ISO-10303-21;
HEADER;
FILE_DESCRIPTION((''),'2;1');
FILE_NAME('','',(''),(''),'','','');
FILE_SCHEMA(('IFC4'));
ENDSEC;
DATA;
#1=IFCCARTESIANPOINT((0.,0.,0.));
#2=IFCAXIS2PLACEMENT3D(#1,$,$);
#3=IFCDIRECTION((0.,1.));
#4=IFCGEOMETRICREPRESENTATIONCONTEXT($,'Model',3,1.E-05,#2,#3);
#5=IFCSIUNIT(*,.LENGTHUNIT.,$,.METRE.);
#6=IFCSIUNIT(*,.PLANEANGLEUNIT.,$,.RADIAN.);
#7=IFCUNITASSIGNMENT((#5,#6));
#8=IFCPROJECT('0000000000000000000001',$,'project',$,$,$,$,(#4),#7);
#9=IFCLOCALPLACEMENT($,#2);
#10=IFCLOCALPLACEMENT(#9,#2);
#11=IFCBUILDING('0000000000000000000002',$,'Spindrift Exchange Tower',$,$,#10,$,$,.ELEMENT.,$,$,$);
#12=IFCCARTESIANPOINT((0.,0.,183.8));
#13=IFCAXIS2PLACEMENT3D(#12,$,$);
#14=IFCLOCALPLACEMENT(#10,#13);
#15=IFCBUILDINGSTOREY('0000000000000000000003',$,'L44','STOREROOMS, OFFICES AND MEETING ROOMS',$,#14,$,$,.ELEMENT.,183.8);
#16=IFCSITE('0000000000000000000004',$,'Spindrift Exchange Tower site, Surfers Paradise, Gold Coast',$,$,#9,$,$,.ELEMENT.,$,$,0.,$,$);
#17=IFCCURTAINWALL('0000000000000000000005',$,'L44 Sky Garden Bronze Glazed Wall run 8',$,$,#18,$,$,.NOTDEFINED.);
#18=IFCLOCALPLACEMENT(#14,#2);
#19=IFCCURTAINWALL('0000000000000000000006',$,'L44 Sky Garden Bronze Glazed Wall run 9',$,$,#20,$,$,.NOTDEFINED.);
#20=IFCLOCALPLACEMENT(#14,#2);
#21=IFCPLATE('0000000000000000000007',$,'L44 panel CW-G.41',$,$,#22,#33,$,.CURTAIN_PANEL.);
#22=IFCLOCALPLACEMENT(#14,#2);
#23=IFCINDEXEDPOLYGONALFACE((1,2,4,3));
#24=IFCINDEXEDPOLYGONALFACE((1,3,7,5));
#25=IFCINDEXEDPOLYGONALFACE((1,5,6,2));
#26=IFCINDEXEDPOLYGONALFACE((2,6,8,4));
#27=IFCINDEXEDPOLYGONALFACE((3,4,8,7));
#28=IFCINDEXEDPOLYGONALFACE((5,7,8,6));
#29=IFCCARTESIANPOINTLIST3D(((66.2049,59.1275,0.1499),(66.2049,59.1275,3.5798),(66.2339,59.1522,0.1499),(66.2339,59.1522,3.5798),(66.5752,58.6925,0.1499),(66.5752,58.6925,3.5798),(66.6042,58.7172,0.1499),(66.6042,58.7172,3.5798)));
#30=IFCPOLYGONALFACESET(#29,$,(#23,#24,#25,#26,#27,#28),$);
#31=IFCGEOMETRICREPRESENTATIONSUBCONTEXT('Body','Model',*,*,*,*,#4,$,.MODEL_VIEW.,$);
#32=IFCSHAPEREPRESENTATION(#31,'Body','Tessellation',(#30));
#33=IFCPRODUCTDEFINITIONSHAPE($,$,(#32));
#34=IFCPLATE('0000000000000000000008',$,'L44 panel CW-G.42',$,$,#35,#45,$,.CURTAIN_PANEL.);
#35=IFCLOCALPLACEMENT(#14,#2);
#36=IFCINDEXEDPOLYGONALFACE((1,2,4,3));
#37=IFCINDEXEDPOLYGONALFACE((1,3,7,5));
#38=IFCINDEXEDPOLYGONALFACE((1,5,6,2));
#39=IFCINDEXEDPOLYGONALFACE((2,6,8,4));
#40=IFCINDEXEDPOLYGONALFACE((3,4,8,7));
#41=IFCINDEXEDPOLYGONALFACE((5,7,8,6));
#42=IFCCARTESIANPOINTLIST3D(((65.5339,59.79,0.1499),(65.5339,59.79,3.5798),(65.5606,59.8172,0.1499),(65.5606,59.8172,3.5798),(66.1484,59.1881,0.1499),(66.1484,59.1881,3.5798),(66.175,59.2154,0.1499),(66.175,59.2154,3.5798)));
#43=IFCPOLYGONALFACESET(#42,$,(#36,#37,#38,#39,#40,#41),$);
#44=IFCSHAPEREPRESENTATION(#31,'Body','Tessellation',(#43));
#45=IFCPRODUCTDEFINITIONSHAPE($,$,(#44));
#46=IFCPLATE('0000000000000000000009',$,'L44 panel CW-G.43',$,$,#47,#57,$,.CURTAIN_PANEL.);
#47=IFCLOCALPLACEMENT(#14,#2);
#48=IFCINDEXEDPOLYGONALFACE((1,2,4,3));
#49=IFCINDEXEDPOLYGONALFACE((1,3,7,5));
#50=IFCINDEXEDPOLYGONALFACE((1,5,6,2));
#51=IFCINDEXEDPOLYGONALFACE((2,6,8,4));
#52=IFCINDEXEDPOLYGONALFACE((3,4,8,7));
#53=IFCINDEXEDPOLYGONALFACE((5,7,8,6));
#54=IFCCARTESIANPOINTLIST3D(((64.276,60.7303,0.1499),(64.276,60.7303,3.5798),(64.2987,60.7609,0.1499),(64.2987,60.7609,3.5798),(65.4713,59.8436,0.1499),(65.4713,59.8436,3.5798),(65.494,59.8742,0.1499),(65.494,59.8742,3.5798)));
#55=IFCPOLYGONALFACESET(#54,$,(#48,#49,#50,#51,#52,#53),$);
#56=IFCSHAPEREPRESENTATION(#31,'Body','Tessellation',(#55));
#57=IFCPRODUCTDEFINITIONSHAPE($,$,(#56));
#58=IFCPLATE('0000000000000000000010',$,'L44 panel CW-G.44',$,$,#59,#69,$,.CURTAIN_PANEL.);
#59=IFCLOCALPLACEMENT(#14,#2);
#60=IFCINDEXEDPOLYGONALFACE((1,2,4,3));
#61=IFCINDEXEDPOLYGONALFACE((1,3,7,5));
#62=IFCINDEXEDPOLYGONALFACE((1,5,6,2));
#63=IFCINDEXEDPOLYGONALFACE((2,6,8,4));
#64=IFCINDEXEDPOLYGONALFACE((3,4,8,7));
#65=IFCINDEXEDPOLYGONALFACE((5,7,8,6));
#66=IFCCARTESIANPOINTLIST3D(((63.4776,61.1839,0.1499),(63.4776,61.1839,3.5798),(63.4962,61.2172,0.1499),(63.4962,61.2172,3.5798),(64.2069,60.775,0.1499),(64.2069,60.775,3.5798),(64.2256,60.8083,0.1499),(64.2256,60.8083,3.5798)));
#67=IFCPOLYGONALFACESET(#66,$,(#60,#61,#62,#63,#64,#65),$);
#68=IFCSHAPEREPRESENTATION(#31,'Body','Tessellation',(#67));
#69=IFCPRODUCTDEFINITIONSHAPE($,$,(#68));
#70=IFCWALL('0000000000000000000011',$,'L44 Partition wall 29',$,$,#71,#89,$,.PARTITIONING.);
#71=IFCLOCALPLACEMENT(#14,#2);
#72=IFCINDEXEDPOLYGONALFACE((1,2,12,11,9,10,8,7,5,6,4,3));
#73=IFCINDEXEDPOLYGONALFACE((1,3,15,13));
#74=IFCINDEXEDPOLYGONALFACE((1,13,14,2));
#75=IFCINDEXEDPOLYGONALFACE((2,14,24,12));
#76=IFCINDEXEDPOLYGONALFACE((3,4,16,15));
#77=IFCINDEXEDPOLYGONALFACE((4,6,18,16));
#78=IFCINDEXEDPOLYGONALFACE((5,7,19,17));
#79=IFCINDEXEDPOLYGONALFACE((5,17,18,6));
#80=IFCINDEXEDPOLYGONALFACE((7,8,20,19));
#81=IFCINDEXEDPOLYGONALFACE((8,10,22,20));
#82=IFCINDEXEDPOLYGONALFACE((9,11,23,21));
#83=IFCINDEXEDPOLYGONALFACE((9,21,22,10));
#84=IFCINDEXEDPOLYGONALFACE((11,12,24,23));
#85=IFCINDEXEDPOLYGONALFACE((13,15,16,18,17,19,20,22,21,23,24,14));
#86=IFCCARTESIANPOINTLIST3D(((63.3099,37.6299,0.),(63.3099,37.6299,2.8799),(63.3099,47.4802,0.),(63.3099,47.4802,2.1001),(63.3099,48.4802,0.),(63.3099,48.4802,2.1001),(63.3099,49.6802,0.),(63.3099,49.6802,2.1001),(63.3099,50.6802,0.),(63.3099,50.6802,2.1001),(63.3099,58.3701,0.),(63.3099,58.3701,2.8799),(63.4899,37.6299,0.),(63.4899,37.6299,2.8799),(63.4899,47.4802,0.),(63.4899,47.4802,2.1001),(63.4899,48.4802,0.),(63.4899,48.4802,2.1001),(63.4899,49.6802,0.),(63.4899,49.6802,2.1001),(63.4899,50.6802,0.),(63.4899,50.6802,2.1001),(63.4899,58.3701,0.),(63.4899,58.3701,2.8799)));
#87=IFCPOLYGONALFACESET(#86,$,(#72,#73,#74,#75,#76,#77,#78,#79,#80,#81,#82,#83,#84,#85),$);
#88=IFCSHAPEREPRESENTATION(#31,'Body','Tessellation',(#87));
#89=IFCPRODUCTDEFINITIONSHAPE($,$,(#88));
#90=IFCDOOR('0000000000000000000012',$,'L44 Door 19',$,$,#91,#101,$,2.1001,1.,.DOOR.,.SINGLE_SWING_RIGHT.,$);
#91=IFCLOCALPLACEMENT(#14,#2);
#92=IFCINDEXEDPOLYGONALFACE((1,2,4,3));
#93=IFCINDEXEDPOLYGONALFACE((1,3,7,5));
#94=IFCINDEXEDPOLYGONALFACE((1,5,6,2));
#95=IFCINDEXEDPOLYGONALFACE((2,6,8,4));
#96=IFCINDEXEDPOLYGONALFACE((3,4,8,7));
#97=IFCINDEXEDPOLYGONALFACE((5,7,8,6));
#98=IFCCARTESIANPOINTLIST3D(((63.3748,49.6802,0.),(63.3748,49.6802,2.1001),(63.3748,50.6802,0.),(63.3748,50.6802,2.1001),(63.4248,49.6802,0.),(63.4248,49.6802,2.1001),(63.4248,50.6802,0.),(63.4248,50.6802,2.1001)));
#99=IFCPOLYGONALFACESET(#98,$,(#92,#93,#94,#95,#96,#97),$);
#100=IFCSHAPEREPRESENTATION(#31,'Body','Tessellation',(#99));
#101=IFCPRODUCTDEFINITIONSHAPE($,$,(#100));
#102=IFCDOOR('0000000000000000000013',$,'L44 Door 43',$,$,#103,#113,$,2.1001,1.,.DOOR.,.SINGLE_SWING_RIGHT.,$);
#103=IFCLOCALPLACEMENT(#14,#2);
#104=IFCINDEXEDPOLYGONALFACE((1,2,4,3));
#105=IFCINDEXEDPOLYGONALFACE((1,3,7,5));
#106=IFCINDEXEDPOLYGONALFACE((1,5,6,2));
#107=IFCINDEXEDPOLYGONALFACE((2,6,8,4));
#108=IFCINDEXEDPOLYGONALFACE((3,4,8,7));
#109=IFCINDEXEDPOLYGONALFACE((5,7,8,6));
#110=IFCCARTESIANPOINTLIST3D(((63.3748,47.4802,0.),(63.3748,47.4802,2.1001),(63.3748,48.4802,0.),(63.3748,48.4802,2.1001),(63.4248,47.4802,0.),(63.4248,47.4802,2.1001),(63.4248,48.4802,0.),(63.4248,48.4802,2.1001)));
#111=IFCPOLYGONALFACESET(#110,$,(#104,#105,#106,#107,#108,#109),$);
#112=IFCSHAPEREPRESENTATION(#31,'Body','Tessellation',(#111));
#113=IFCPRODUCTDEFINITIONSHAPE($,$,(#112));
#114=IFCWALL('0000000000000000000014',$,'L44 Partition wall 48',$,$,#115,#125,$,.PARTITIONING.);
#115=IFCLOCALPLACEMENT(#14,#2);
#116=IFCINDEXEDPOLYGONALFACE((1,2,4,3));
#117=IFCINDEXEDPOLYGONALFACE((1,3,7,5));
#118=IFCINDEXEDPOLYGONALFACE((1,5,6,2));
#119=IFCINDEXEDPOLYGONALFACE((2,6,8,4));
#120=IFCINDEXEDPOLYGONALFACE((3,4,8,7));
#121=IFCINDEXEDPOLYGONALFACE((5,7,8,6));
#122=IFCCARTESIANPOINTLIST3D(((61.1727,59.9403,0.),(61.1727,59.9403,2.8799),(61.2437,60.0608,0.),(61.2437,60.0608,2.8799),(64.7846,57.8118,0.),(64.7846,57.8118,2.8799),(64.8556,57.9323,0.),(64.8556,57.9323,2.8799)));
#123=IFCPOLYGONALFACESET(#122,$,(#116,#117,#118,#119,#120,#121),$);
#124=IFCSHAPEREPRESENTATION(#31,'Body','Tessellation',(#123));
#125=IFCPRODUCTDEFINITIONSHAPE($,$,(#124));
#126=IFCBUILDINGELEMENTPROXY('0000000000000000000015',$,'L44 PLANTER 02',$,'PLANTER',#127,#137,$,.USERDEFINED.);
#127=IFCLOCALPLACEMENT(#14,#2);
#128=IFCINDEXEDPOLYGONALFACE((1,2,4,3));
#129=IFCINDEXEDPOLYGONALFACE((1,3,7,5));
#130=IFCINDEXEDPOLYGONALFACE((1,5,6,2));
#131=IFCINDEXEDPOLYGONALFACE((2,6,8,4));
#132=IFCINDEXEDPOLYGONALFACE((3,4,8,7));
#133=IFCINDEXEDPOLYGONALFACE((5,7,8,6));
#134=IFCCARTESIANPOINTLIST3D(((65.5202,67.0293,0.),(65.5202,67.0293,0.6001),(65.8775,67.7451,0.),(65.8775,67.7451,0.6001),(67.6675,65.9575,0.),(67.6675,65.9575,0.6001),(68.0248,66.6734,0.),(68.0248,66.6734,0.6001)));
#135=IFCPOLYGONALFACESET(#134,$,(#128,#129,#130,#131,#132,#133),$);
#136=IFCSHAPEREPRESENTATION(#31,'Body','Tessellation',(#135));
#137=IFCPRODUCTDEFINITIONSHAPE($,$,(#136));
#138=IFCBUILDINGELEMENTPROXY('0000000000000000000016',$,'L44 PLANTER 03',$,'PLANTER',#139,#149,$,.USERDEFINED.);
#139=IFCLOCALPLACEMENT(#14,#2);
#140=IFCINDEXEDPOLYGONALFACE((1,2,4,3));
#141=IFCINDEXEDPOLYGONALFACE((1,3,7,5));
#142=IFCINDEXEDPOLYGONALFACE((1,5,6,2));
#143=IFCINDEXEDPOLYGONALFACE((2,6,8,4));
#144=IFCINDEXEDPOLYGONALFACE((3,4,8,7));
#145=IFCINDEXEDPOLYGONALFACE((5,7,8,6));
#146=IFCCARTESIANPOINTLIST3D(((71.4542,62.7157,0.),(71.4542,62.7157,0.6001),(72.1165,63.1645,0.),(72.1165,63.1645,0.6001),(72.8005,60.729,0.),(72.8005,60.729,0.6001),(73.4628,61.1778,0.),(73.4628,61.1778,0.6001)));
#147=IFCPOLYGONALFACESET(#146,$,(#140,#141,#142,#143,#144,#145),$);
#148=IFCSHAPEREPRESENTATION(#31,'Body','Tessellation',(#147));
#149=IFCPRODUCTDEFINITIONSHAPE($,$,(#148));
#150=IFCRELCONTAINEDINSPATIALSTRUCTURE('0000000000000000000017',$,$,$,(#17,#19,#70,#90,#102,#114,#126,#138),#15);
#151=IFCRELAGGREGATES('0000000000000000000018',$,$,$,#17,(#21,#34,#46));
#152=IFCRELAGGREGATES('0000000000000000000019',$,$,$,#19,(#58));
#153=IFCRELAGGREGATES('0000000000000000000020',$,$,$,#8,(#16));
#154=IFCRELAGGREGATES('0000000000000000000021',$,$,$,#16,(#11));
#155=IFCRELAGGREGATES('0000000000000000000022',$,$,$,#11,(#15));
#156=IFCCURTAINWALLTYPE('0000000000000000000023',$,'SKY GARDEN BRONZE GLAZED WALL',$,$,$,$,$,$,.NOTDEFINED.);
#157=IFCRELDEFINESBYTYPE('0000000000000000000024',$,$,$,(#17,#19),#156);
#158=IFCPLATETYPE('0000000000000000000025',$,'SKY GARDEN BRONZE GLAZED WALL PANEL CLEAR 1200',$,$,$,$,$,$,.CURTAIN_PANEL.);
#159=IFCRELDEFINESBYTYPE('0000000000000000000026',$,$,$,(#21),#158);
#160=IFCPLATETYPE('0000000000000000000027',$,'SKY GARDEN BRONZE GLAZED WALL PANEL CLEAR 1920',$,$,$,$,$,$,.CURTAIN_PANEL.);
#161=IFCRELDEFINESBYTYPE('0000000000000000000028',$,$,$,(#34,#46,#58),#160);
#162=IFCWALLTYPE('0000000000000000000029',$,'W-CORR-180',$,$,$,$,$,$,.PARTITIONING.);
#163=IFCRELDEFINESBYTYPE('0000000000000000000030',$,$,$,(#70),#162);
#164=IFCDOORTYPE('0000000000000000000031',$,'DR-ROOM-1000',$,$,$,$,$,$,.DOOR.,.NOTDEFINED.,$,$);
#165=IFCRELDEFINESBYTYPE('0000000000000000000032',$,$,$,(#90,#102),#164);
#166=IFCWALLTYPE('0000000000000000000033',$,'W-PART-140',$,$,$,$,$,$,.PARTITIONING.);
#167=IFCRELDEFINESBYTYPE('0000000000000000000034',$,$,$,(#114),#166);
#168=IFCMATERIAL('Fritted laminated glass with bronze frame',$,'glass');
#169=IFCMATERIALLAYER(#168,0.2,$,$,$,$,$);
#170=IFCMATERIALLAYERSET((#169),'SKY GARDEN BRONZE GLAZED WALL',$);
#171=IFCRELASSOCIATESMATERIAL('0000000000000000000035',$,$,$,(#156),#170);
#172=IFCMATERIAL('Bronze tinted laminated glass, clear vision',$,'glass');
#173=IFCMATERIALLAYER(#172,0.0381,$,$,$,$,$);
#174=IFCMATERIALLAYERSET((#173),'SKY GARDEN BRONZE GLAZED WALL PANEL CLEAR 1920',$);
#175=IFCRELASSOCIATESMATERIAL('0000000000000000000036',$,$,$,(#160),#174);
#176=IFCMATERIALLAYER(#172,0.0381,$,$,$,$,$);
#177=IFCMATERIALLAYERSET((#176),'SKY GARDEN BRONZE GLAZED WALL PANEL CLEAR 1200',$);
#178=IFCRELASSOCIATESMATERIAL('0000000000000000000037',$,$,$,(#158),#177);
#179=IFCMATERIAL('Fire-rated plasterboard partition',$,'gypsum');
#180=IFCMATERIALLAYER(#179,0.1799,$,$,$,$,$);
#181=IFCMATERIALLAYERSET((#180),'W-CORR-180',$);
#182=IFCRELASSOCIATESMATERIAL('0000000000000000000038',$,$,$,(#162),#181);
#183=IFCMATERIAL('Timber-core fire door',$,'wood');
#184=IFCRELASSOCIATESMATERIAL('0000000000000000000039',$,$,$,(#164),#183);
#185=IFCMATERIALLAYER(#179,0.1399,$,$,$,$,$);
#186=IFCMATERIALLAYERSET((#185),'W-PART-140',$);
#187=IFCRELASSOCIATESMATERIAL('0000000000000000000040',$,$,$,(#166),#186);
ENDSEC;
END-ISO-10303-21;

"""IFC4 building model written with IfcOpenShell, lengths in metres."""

from ifc_helpers import new_model, si_unit, direction, frame, frame_2d, origin, origin_2d, place, context, subcontext, project, spatial, rectangle, extrude, source, transform, mapped, material, layer, layer_set, type_object, element, fill, aggregate, save


model = new_model("IFC4")

# Units and contexts
model_context = context("Model", 3, precision=1e-05, world=origin(), true_north=direction((0.0, 1.0)))
body_context = subcontext(model_context, "Body", "Model", "MODEL_VIEW")
ifc_project = project(units=[si_unit("LENGTHUNIT", "METRE"), si_unit("PLANEANGLEUNIT", "RADIAN")], contexts=[model_context])

# Site, building, storey
site_placement = place(None, origin())
site = spatial("IfcSite", under=ifc_project, at=site_placement, Name="Spindrift Exchange Tower site, Surfers Paradise, Gold Coast", CompositionType="ELEMENT", RefElevation=0.0)
building_placement = place(site_placement, origin())
building = spatial("IfcBuilding", under=site, at=building_placement, Name="Spindrift Exchange Tower", CompositionType="ELEMENT")
storey_placement = place(building_placement, frame((0.0, 0.0, 183.8)))
storey = spatial("IfcBuildingStorey", under=building, at=storey_placement, Name="L44", Description="STOREROOMS, OFFICES AND MEETING ROOMS", CompositionType="ELEMENT", Elevation=183.8)

# Curtain walls
ifc_material_1 = material(Name="Fritted laminated glass with bronze frame", Category="glass")
ifc_layer_1 = layer(ifc_material_1, 0.2)
ifc_layer_set_1 = layer_set([ifc_layer_1], Name="SKY GARDEN BRONZE GLAZED WALL")
curtain_wall_type = type_object("IfcCurtainWallType", Name="SKY GARDEN BRONZE GLAZED WALL", PredefinedType="NOTDEFINED", material=ifc_layer_set_1)
curtain_wall_1_placement = place(storey_placement, origin())
curtain_wall_1 = element("IfcCurtainWall", 1, at=curtain_wall_1_placement, inside=storey, type_object=curtain_wall_type, Name="L44 Sky Garden Bronze Glazed Wall run 8", PredefinedType="NOTDEFINED")
curtain_wall_2_placement = place(storey_placement, origin())
curtain_wall_2 = element("IfcCurtainWall", 2, at=curtain_wall_2_placement, inside=storey, type_object=curtain_wall_type, Name="L44 Sky Garden Bronze Glazed Wall run 9", PredefinedType="NOTDEFINED")

# Plates
ifc_material_2 = material(Name="Bronze tinted laminated glass, clear vision", Category="glass")
ifc_layer_2 = layer(ifc_material_2, 0.0381)
ifc_layer_set_2 = layer_set([ifc_layer_2], Name="SKY GARDEN BRONZE GLAZED WALL PANEL CLEAR 1920")
plate_type_1 = type_object("IfcPlateType", Name="SKY GARDEN BRONZE GLAZED WALL PANEL CLEAR 1920", PredefinedType="CURTAIN_PANEL", material=ifc_layer_set_2)
ifc_layer_3 = layer(ifc_material_2, 0.0381)
ifc_layer_set_3 = layer_set([ifc_layer_3], Name="SKY GARDEN BRONZE GLAZED WALL PANEL CLEAR 1200")
plate_type_2 = type_object("IfcPlateType", Name="SKY GARDEN BRONZE GLAZED WALL PANEL CLEAR 1200", PredefinedType="CURTAIN_PANEL", material=ifc_layer_set_3)
shared_shape_1 = source(origin(), body_context, "Body", "SweptSolid", [
    extrude(rectangle(XDim=0.5713, YDim=0.0381, at=origin_2d()), origin(), (0.0, 0.0, 1.0), 3.4299),
])
plate_1_placement = place(storey_placement, frame((66.4045, 58.9224, 0.1499), z_axis=(0.0, 0.0, 1.0), x_axis=(-0.648228, 0.761447, 0.0)))
plate_1 = element("IfcPlate", 3, at=plate_1_placement, type_object=plate_type_2, Name="L44 panel CW-G.41", PredefinedType="CURTAIN_PANEL", context=body_context, shape_type="MappedRepresentation", body=[
    mapped(shared_shape_1, transform((0.0, 0.0, 0.0), scale=1.0)),
])
shared_shape_2 = source(origin(), body_context, "Body", "SweptSolid", [
    extrude(rectangle(XDim=0.8601, YDim=0.0381, at=origin_2d()), origin(), (0.0, 0.0, 1.0), 3.4299),
])
plate_2_placement = place(storey_placement, frame((65.8545, 59.5027, 0.1499), z_axis=(0.0, 0.0, 1.0), x_axis=(-0.71437, 0.699768, 0.0)))
plate_2 = element("IfcPlate", 4, at=plate_2_placement, type_object=plate_type_1, Name="L44 panel CW-G.42", PredefinedType="CURTAIN_PANEL", context=body_context, shape_type="MappedRepresentation", body=[
    mapped(shared_shape_2, transform((0.0, 0.0, 0.0), scale=1.0)),
])
shared_shape_3 = source(origin(), body_context, "Body", "SweptSolid", [
    extrude(rectangle(XDim=1.4883, YDim=0.0381, at=origin_2d()), origin(), (0.0, 0.0, 1.0), 3.4299),
])
plate_3_placement = place(storey_placement, frame((64.885, 60.3022, 0.1499), z_axis=(0.0, 0.0, 1.0), x_axis=(-0.803139, 0.595792, 0.0)))
plate_3 = element("IfcPlate", 5, at=plate_3_placement, type_object=plate_type_1, Name="L44 panel CW-G.43", PredefinedType="CURTAIN_PANEL", context=body_context, shape_type="MappedRepresentation", body=[
    mapped(shared_shape_3, transform((0.0, 0.0, 0.0), scale=1.0)),
])
aggregate(curtain_wall_1, [plate_1, plate_2, plate_3])
shared_shape_4 = source(origin(), body_context, "Body", "SweptSolid", [
    extrude(rectangle(XDim=0.8362, YDim=0.0381, at=origin_2d()), origin(), (0.0, 0.0, 1.0), 3.4299),
])
plate_4_placement = place(storey_placement, frame((63.8516, 60.9961, 0.1499), z_axis=(0.0, 0.0, 1.0), x_axis=(-0.872282, 0.489003, 0.0)))
plate_4 = element("IfcPlate", 6, at=plate_4_placement, type_object=plate_type_1, Name="L44 panel CW-G.44", PredefinedType="CURTAIN_PANEL", context=body_context, shape_type="MappedRepresentation", body=[
    mapped(shared_shape_4, transform((0.0, 0.0, 0.0), scale=1.0)),
])
aggregate(curtain_wall_2, [plate_4])

# Wall, openings, doors
ifc_material_3 = material(Name="Fire-rated plasterboard partition", Category="gypsum")
ifc_layer_4 = layer(ifc_material_3, 0.1799)
ifc_layer_set_4 = layer_set([ifc_layer_4], Name="W-CORR-180")
wall_type_1 = type_object("IfcWallType", Name="W-CORR-180", PredefinedType="PARTITIONING", material=ifc_layer_set_4)
wall_1_placement = place(storey_placement, frame((63.3999, 58.3701, 0.0), z_axis=(0.0, 0.0, 1.0), x_axis=(0.0, -1.0, 0.0)))
wall_1 = element("IfcWall", 7, at=wall_1_placement, inside=storey, type_object=wall_type_1, Name="L44 Partition wall 29", PredefinedType="PARTITIONING", context=body_context, shape_type="SweptSolid", body=[
    extrude(rectangle(XDim=20.7402, YDim=0.1799, at=frame_2d((10.3701, 0.0))), origin(), (0.0, 0.0, 1.0), 2.8799),
])
opening_1_placement = place(wall_1_placement, frame((7.6899, 0.0, 0.0)))
opening_1 = element("IfcOpeningElement", 8, at=opening_1_placement, cuts=wall_1, PredefinedType="OPENING", context=body_context, shape_type="SweptSolid", body=[
    extrude(rectangle(XDim=1.0, YDim=2.1001, at=frame_2d((0.5, 1.05))), frame((0.0, 0.0999, 0.0), z_axis=(0.0, -1.0, 0.0), x_axis=(1.0, 0.0, 0.0)), (0.0, 0.0, 1.0), 0.2),
])
opening_2_placement = place(wall_1_placement, frame((9.8899, 0.0, 0.0)))
opening_2 = element("IfcOpeningElement", 9, at=opening_2_placement, cuts=wall_1, PredefinedType="OPENING", context=body_context, shape_type="SweptSolid", body=[
    extrude(rectangle(XDim=1.0, YDim=2.1001, at=frame_2d((0.5, 1.05))), frame((0.0, 0.0999, 0.0), z_axis=(0.0, -1.0, 0.0), x_axis=(1.0, 0.0, 0.0)), (0.0, 0.0, 1.0), 0.2),
])
ifc_material_4 = material(Name="Timber-core fire door", Category="wood")
door_type = type_object("IfcDoorType", Name="DR-ROOM-1000", OperationType="NOTDEFINED", PredefinedType="DOOR", material=ifc_material_4)
shared_shape_5 = source(origin(), body_context, "Body", "SweptSolid", [
    extrude(rectangle(XDim=1.0, YDim=2.1001, at=frame_2d((0.5, 1.05))), frame((0.0, 0.0249, 0.0), z_axis=(0.0, -1.0, 0.0), x_axis=(1.0, 0.0, 0.0)), (0.0, 0.0, 1.0), 0.05),
])
door_1_placement = place(opening_1_placement, origin())
door_1 = element("IfcDoor", 10, at=door_1_placement, inside=storey, type_object=door_type, Name="L44 Door 19", OperationType="SINGLE_SWING_RIGHT", OverallHeight=2.1001, OverallWidth=1.0, PredefinedType="DOOR", context=body_context, shape_type="MappedRepresentation", body=[
    mapped(shared_shape_5, transform((0.0, 0.0, 0.0), scale=1.0)),
])
fill(opening_1, door_1)
door_2_placement = place(opening_2_placement, origin())
door_2 = element("IfcDoor", 11, at=door_2_placement, inside=storey, type_object=door_type, Name="L44 Door 43", OperationType="SINGLE_SWING_RIGHT", OverallHeight=2.1001, OverallWidth=1.0, PredefinedType="DOOR", context=body_context, shape_type="MappedRepresentation", body=[
    mapped(shared_shape_5, transform((0.0, 0.0, 0.0), scale=1.0)),
])
fill(opening_2, door_2)

# Wall
ifc_layer_5 = layer(ifc_material_3, 0.1399)
ifc_layer_set_5 = layer_set([ifc_layer_5], Name="W-PART-140")
wall_type_2 = type_object("IfcWallType", Name="W-PART-140", PredefinedType="PARTITIONING", material=ifc_layer_set_5)
wall_2_placement = place(storey_placement, frame((64.8201, 57.8721, 0.0), z_axis=(0.0, 0.0, 1.0), x_axis=(-0.861536, 0.507697, 0.0)))
element("IfcWall", 12, at=wall_2_placement, inside=storey, type_object=wall_type_2, Name="L44 Partition wall 48", PredefinedType="PARTITIONING", context=body_context, shape_type="SweptSolid", body=[
    extrude(rectangle(XDim=4.1924, YDim=0.1399, at=frame_2d((2.0962, 0.0))), origin(), (0.0, 0.0, 1.0), 2.8799),
])

# Building element proxies
shared_shape_6 = source(origin(), body_context, "Body", "SweptSolid", [
    extrude(rectangle(XDim=2.3999, YDim=0.8, at=origin_2d()), origin(), (0.0, 0.0, 1.0), 0.6001),
])
for number, where, z_axis, x_axis, name in (
    (13, (66.7725, 66.8513, 0.0), (0.0, 0.0, 1.0), (0.894742, -0.446584, 0.0), "L44 PLANTER 02"),
    (14, (72.4585, 61.9468, 0.0), (0.0, 0.0, 1.0), (0.560997, -0.827818, 0.0), "L44 PLANTER 03"),
):
    element("IfcBuildingElementProxy", number, at=place(storey_placement, frame(where, z_axis=z_axis, x_axis=x_axis)), inside=storey, Name=name, ObjectType="PLANTER", PredefinedType="USERDEFINED", context=body_context, shape_type="MappedRepresentation", body=[
        mapped(shared_shape_6, transform((0.0, 0.0, 0.0), scale=1.0)),
    ])

save(model, "model.ifc")
